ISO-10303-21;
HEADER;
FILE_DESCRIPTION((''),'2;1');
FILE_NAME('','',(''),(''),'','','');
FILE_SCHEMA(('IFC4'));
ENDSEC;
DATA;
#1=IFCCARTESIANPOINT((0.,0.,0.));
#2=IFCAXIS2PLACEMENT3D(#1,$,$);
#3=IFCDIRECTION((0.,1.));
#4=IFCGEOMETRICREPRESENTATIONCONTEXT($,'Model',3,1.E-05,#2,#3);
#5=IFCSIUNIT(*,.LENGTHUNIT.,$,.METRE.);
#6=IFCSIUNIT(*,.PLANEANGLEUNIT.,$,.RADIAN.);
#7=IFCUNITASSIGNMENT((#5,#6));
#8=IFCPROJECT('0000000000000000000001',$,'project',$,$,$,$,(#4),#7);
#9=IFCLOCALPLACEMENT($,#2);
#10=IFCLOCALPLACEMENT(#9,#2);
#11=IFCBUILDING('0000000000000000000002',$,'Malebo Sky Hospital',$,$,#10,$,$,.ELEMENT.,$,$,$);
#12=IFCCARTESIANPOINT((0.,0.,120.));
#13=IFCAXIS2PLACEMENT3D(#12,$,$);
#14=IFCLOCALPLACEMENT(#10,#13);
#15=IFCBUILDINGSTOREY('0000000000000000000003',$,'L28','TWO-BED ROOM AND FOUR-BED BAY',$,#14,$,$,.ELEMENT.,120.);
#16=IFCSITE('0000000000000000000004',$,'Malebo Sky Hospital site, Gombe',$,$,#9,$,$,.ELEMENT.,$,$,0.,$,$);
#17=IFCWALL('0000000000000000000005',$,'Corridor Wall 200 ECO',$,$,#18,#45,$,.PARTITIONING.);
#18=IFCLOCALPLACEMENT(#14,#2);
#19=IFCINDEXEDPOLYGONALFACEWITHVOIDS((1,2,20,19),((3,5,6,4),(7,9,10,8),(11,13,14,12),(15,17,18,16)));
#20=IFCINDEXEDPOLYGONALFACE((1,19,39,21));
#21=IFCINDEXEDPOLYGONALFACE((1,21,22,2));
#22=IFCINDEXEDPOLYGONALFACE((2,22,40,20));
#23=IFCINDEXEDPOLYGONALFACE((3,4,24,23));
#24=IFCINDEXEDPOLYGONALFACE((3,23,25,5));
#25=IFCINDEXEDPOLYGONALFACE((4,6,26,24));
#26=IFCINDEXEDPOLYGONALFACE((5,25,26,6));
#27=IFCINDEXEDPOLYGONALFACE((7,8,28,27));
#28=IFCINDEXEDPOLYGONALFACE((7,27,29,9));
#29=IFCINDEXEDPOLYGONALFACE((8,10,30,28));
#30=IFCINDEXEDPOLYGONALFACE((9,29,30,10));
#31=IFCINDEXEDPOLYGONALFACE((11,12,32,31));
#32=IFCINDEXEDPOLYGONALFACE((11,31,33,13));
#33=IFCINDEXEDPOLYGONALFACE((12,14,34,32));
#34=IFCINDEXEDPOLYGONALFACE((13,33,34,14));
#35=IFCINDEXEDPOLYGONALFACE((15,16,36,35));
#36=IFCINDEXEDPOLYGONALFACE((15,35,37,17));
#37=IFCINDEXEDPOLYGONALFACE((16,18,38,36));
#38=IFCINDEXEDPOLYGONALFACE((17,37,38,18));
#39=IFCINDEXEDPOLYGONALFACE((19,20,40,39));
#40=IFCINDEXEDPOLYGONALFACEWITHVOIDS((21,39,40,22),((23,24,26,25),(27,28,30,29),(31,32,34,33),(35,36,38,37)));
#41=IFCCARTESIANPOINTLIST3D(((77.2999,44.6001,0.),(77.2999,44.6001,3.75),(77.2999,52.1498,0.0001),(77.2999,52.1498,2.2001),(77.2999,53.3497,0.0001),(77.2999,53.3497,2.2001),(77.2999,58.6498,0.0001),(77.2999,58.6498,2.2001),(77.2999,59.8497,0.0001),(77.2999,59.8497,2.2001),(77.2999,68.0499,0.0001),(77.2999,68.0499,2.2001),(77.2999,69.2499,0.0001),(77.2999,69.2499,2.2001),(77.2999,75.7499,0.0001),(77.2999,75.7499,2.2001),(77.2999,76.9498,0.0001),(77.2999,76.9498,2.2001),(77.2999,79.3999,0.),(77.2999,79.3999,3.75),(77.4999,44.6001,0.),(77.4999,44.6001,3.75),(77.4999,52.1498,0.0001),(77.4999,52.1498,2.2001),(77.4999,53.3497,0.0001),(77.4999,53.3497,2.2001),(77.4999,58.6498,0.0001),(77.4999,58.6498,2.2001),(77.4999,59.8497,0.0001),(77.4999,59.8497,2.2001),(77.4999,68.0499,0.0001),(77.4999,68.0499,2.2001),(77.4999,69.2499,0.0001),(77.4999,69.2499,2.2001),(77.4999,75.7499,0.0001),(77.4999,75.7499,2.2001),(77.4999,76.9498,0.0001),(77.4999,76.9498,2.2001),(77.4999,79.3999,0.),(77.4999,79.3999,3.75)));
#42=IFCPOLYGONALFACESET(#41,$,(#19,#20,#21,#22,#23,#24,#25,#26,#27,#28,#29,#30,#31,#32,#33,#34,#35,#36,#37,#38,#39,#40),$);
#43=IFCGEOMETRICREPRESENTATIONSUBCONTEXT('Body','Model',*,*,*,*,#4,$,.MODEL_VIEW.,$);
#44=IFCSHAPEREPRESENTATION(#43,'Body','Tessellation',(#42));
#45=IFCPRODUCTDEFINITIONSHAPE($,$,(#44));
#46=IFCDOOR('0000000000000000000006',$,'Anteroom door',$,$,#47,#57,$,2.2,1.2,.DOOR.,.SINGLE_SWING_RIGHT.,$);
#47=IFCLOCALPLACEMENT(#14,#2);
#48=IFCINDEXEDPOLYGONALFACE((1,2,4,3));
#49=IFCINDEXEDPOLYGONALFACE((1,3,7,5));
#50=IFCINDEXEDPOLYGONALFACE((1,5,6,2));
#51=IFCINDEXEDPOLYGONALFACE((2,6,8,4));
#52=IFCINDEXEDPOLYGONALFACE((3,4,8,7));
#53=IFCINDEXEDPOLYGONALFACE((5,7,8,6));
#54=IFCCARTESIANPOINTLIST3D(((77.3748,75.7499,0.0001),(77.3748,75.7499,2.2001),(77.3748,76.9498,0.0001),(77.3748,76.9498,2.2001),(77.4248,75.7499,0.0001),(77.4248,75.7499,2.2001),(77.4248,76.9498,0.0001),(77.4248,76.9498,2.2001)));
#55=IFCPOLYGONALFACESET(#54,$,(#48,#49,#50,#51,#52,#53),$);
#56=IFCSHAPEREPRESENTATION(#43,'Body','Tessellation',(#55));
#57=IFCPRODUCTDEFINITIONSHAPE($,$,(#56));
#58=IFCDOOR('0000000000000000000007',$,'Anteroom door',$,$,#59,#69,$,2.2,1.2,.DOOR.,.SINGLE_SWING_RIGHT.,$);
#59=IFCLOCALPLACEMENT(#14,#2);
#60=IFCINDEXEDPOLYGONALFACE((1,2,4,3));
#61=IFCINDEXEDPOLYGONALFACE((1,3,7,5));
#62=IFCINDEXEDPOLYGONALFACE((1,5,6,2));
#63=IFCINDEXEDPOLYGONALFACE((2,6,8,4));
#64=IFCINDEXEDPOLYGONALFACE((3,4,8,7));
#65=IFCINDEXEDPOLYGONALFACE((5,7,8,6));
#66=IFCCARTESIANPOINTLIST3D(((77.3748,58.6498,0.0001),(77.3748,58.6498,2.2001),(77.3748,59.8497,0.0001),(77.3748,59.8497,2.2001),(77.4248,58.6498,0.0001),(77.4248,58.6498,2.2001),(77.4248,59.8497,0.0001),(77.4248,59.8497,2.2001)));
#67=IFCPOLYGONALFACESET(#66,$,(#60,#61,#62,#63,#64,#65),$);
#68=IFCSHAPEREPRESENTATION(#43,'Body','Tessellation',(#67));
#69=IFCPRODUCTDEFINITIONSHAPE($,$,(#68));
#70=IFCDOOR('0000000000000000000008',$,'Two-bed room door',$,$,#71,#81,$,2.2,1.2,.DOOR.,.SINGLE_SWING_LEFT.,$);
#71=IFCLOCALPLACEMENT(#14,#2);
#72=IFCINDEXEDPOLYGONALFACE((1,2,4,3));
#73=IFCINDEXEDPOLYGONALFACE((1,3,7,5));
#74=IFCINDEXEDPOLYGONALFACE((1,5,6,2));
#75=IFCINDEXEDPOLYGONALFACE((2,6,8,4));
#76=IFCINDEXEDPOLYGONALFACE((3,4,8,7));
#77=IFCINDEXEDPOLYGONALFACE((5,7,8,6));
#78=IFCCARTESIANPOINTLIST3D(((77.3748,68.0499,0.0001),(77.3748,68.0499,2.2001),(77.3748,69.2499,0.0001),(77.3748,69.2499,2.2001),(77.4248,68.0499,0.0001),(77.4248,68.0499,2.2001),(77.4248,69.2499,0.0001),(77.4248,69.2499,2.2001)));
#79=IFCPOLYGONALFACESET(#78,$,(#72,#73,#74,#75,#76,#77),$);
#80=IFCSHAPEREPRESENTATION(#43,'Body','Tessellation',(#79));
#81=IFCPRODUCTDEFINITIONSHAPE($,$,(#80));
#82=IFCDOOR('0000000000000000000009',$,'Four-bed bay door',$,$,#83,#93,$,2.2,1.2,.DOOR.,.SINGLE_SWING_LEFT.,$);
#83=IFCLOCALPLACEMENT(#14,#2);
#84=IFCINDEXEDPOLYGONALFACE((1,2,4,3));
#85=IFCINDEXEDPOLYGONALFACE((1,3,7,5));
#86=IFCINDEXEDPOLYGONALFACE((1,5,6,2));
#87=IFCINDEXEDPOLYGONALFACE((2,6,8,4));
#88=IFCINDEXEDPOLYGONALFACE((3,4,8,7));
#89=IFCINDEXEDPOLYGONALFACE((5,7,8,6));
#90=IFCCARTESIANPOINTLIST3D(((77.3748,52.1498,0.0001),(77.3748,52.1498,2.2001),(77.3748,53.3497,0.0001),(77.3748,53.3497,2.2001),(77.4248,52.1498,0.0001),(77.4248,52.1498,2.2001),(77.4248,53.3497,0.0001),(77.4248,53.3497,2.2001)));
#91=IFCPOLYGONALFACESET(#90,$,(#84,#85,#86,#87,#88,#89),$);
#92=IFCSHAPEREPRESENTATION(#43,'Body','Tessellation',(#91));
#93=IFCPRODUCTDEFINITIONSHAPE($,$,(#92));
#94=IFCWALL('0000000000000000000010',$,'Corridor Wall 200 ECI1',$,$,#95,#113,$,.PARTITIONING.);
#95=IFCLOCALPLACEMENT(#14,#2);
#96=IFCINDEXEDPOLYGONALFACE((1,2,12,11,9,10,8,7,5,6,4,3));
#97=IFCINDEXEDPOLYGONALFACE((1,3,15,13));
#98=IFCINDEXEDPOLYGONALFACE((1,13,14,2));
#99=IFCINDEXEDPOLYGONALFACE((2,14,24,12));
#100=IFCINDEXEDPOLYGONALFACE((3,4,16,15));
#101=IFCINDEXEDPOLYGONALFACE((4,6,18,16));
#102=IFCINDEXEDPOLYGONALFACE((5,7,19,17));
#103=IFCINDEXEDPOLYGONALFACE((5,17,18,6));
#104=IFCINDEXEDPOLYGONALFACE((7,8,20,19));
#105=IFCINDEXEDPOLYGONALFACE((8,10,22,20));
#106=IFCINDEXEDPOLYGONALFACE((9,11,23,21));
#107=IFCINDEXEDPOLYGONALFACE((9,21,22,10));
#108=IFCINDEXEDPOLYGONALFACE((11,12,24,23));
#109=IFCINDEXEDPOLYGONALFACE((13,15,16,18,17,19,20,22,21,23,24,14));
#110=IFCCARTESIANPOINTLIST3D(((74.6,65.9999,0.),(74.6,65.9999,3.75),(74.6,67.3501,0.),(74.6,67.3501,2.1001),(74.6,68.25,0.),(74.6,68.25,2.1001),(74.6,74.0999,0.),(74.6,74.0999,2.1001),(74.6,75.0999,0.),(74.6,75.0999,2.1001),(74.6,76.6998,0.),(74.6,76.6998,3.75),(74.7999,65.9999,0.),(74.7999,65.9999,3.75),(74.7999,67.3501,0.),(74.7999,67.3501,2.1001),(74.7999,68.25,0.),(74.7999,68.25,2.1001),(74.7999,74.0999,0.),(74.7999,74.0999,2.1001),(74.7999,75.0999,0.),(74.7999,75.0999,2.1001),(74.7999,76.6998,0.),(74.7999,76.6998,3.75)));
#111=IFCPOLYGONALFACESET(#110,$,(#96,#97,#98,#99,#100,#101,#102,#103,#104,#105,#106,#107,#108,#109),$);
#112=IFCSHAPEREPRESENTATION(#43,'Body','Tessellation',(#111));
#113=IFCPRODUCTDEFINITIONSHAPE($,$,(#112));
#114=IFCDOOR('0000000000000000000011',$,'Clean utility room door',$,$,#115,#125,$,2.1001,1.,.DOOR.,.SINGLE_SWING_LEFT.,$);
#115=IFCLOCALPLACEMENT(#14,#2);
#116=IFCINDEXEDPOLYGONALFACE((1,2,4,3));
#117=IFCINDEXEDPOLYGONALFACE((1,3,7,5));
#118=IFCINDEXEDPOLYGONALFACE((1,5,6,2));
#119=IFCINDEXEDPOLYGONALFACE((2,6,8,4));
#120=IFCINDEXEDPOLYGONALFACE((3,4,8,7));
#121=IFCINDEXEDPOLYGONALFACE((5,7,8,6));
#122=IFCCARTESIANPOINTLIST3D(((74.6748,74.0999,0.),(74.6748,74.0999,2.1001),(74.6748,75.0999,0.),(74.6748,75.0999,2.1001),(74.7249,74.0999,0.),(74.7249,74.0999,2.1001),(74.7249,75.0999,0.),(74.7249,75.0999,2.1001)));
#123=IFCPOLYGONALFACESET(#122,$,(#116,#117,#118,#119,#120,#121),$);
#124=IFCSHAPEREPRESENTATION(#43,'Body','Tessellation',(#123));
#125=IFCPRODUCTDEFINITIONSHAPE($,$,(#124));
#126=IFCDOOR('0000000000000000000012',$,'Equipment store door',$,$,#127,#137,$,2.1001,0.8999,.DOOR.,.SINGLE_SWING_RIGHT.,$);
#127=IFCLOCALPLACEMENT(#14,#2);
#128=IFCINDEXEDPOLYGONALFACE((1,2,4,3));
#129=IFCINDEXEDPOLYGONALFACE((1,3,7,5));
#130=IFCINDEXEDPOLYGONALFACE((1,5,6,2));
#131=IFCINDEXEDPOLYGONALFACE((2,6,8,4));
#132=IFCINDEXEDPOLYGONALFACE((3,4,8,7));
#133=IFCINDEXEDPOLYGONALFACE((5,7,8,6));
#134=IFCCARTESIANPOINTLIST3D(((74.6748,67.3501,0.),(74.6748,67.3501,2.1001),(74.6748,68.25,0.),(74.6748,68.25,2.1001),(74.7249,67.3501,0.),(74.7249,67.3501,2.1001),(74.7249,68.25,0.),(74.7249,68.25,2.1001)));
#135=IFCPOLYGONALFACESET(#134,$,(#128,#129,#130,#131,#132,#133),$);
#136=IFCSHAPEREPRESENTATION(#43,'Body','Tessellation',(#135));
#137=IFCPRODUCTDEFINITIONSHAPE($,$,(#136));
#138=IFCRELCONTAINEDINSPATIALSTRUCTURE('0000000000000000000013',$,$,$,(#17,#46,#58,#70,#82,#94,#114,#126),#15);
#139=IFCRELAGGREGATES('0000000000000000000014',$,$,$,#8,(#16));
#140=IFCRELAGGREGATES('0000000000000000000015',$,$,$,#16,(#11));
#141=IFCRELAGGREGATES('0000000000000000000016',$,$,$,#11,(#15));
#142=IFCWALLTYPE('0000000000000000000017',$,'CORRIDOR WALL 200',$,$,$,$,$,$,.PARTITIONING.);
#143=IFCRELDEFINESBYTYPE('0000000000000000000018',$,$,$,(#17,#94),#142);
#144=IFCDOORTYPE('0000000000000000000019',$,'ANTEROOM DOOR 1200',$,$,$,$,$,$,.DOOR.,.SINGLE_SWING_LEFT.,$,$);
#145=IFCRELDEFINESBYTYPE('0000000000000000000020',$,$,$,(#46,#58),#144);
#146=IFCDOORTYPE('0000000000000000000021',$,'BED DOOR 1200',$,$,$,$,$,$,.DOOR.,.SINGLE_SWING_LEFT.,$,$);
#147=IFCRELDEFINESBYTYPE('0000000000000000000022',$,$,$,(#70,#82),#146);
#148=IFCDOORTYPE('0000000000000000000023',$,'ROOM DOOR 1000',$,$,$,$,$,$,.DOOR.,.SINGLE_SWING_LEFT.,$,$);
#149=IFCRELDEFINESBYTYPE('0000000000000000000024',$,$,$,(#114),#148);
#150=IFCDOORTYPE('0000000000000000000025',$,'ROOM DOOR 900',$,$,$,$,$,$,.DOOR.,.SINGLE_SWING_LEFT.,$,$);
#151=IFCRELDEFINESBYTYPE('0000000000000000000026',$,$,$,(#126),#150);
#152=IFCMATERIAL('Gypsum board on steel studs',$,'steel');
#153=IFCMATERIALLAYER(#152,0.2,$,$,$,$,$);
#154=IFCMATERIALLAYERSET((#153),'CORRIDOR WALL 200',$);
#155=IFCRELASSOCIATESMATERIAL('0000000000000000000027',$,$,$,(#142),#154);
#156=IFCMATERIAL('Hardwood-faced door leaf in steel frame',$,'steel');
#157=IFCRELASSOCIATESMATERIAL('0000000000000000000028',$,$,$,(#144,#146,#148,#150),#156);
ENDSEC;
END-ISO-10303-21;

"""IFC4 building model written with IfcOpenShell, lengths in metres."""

from ifc_helpers import new_model, si_unit, direction, frame, frame_2d, origin, place, context, subcontext, project, spatial, rectangle, extrude, material, layer, layer_set, type_object, element, fill, save


model = new_model("IFC4")

# Units and contexts
model_context = context("Model", 3, precision=1e-05, world=origin(), true_north=direction((0.0, 1.0)))
body_context = subcontext(model_context, "Body", "Model", "MODEL_VIEW")
ifc_project = project(units=[si_unit("LENGTHUNIT", "METRE"), si_unit("PLANEANGLEUNIT", "RADIAN")], contexts=[model_context])

# Site, building, storey
site_placement = place(None, origin())
site = spatial("IfcSite", under=ifc_project, at=site_placement, Name="Malebo Sky Hospital site, Gombe", CompositionType="ELEMENT", RefElevation=0.0)
building_placement = place(site_placement, origin())
building = spatial("IfcBuilding", under=site, at=building_placement, Name="Malebo Sky Hospital", CompositionType="ELEMENT")
storey_placement = place(building_placement, frame((0.0, 0.0, 120.0)))
storey = spatial("IfcBuildingStorey", under=building, at=storey_placement, Name="L28", Description="TWO-BED ROOM AND FOUR-BED BAY", CompositionType="ELEMENT", Elevation=120.0)

# Walls, openings, doors
ifc_material_1 = material(Name="Gypsum board on steel studs", Category="steel")
ifc_layer_1 = layer(ifc_material_1, 0.2)
ifc_layer_set_1 = layer_set([ifc_layer_1], Name="CORRIDOR WALL 200")
wall_type_1 = type_object("IfcWallType", Name="CORRIDOR WALL 200", PredefinedType="PARTITIONING", material=ifc_layer_set_1)
wall_1_placement = place(storey_placement, frame((77.3999, 79.3999, 0.0), z_axis=(0.0, 0.0, 1.0), x_axis=(0.0, -1.0, 0.0)))
wall_1 = element("IfcWall", 1, at=wall_1_placement, inside=storey, type_object=wall_type_1, Name="Corridor Wall 200 ECO", PredefinedType="PARTITIONING", context=body_context, shape_type="SweptSolid", body=[
    extrude(rectangle(XDim=34.7998, YDim=0.2, at=frame_2d((17.3999, 0.0))), origin(), (0.0, 0.0, 1.0), 3.75),
])
opening_1_placement = place(wall_1_placement, frame((2.45, 0.0, 0.0)))
opening_1 = element("IfcOpeningElement", 2, at=opening_1_placement, cuts=wall_1, PredefinedType="OPENING", context=body_context, shape_type="SweptSolid", body=[
    extrude(rectangle(XDim=1.2, YDim=2.2, at=frame_2d((0.6001, 1.1001))), frame((0.0, 0.1099, 0.0), z_axis=(0.0, -1.0, 0.0), x_axis=(1.0, 0.0, 0.0)), (0.0, 0.0, 1.0), 0.22),
])
opening_2_placement = place(wall_1_placement, frame((10.1499, 0.0, 0.0)))
opening_2 = element("IfcOpeningElement", 3, at=opening_2_placement, cuts=wall_1, PredefinedType="OPENING", context=body_context, shape_type="SweptSolid", body=[
    extrude(rectangle(XDim=1.2, YDim=2.2, at=frame_2d((0.6001, 1.1001))), frame((0.0, 0.1099, 0.0), z_axis=(0.0, -1.0, 0.0), x_axis=(1.0, 0.0, 0.0)), (0.0, 0.0, 1.0), 0.22),
])
opening_3_placement = place(wall_1_placement, frame((19.55, 0.0, 0.0)))
opening_3 = element("IfcOpeningElement", 4, at=opening_3_placement, cuts=wall_1, PredefinedType="OPENING", context=body_context, shape_type="SweptSolid", body=[
    extrude(rectangle(XDim=1.2, YDim=2.2, at=frame_2d((0.6001, 1.1001))), frame((0.0, 0.1099, 0.0), z_axis=(0.0, -1.0, 0.0), x_axis=(1.0, 0.0, 0.0)), (0.0, 0.0, 1.0), 0.22),
])
opening_4_placement = place(wall_1_placement, frame((26.05, 0.0, 0.0)))
opening_4 = element("IfcOpeningElement", 5, at=opening_4_placement, cuts=wall_1, PredefinedType="OPENING", context=body_context, shape_type="SweptSolid", body=[
    extrude(rectangle(XDim=1.2, YDim=2.2, at=frame_2d((0.6001, 1.1001))), frame((0.0, 0.1099, 0.0), z_axis=(0.0, -1.0, 0.0), x_axis=(1.0, 0.0, 0.0)), (0.0, 0.0, 1.0), 0.22),
])
ifc_material_2 = material(Name="Hardwood-faced door leaf in steel frame", Category="steel")
door_type_1 = type_object("IfcDoorType", Name="ANTEROOM DOOR 1200", OperationType="SINGLE_SWING_LEFT", PredefinedType="DOOR", material=ifc_material_2)
door_1_placement = place(opening_1_placement, origin())
door_1 = element("IfcDoor", 6, at=door_1_placement, inside=storey, type_object=door_type_1, Name="Anteroom door", OperationType="SINGLE_SWING_RIGHT", OverallHeight=2.2, OverallWidth=1.2, PredefinedType="DOOR", context=body_context, shape_type="SweptSolid", body=[
    extrude(rectangle(XDim=1.2, YDim=2.2, at=frame_2d((0.6001, 1.1001))), frame((0.0, 0.0249, 0.0), z_axis=(0.0, -1.0, 0.0), x_axis=(1.0, 0.0, 0.0)), (0.0, 0.0, 1.0), 0.05),
])
fill(opening_1, door_1)
door_2_placement = place(opening_3_placement, origin())
door_2 = element("IfcDoor", 7, at=door_2_placement, inside=storey, type_object=door_type_1, Name="Anteroom door", OperationType="SINGLE_SWING_RIGHT", OverallHeight=2.2, OverallWidth=1.2, PredefinedType="DOOR", context=body_context, shape_type="SweptSolid", body=[
    extrude(rectangle(XDim=1.2, YDim=2.2, at=frame_2d((0.6001, 1.1001))), frame((0.0, 0.0249, 0.0), z_axis=(0.0, -1.0, 0.0), x_axis=(1.0, 0.0, 0.0)), (0.0, 0.0, 1.0), 0.05),
])
fill(opening_3, door_2)
door_type_2 = type_object("IfcDoorType", Name="BED DOOR 1200", OperationType="SINGLE_SWING_LEFT", PredefinedType="DOOR", material=ifc_material_2)
door_3_placement = place(opening_2_placement, origin())
door_3 = element("IfcDoor", 8, at=door_3_placement, inside=storey, type_object=door_type_2, Name="Two-bed room door", OperationType="SINGLE_SWING_LEFT", OverallHeight=2.2, OverallWidth=1.2, PredefinedType="DOOR", context=body_context, shape_type="SweptSolid", body=[
    extrude(rectangle(XDim=1.2, YDim=2.2, at=frame_2d((0.6001, 1.1001))), frame((0.0, 0.0249, 0.0), z_axis=(0.0, -1.0, 0.0), x_axis=(1.0, 0.0, 0.0)), (0.0, 0.0, 1.0), 0.05),
])
fill(opening_2, door_3)
door_4_placement = place(opening_4_placement, origin())
door_4 = element("IfcDoor", 9, at=door_4_placement, inside=storey, type_object=door_type_2, Name="Four-bed bay door", OperationType="SINGLE_SWING_LEFT", OverallHeight=2.2, OverallWidth=1.2, PredefinedType="DOOR", context=body_context, shape_type="SweptSolid", body=[
    extrude(rectangle(XDim=1.2, YDim=2.2, at=frame_2d((0.6001, 1.1001))), frame((0.0, 0.0249, 0.0), z_axis=(0.0, -1.0, 0.0), x_axis=(1.0, 0.0, 0.0)), (0.0, 0.0, 1.0), 0.05),
])
fill(opening_4, door_4)
wall_2_placement = place(storey_placement, frame((74.7, 76.7, 0.0), z_axis=(0.0, 0.0, 1.0), x_axis=(0.0, -1.0, 0.0)))
wall_2 = element("IfcWall", 10, at=wall_2_placement, inside=storey, type_object=wall_type_1, Name="Corridor Wall 200 ECI1", PredefinedType="PARTITIONING", context=body_context, shape_type="SweptSolid", body=[
    extrude(rectangle(XDim=10.7, YDim=0.2, at=frame_2d((5.3501, 0.0))), origin(), (0.0, 0.0, 1.0), 3.75),
])
opening_5_placement = place(wall_2_placement, frame((1.6001, 0.0, 0.0)))
opening_5 = element("IfcOpeningElement", 11, at=opening_5_placement, cuts=wall_2, PredefinedType="OPENING", context=body_context, shape_type="SweptSolid", body=[
    extrude(rectangle(XDim=1.0, YDim=2.1001, at=frame_2d((0.5, 1.05))), frame((0.0, 0.1099, 0.0), z_axis=(0.0, -1.0, 0.0), x_axis=(1.0, 0.0, 0.0)), (0.0, 0.0, 1.0), 0.22),
])
opening_6_placement = place(wall_2_placement, frame((8.45, 0.0, 0.0)))
opening_6 = element("IfcOpeningElement", 12, at=opening_6_placement, cuts=wall_2, PredefinedType="OPENING", context=body_context, shape_type="SweptSolid", body=[
    extrude(rectangle(XDim=0.8999, YDim=2.1001, at=frame_2d((0.45, 1.05))), frame((0.0, 0.1099, 0.0), z_axis=(0.0, -1.0, 0.0), x_axis=(1.0, 0.0, 0.0)), (0.0, 0.0, 1.0), 0.22),
])
door_type_3 = type_object("IfcDoorType", Name="ROOM DOOR 1000", OperationType="SINGLE_SWING_LEFT", PredefinedType="DOOR", material=ifc_material_2)
door_5_placement = place(opening_5_placement, origin())
door_5 = element("IfcDoor", 13, at=door_5_placement, inside=storey, type_object=door_type_3, Name="Clean utility room door", OperationType="SINGLE_SWING_LEFT", OverallHeight=2.1001, OverallWidth=1.0, PredefinedType="DOOR", context=body_context, shape_type="SweptSolid", body=[
    extrude(rectangle(XDim=1.0, YDim=2.1001, at=frame_2d((0.5, 1.05))), frame((0.0, 0.0249, 0.0), z_axis=(0.0, -1.0, 0.0), x_axis=(1.0, 0.0, 0.0)), (0.0, 0.0, 1.0), 0.05),
])
fill(opening_5, door_5)
door_type_4 = type_object("IfcDoorType", Name="ROOM DOOR 900", OperationType="SINGLE_SWING_LEFT", PredefinedType="DOOR", material=ifc_material_2)
door_6_placement = place(opening_6_placement, origin())
door_6 = element("IfcDoor", 14, at=door_6_placement, inside=storey, type_object=door_type_4, Name="Equipment store door", OperationType="SINGLE_SWING_RIGHT", OverallHeight=2.1001, OverallWidth=0.8999, PredefinedType="DOOR", context=body_context, shape_type="SweptSolid", body=[
    extrude(rectangle(XDim=0.8999, YDim=2.1001, at=frame_2d((0.45, 1.05))), frame((0.0, 0.0249, 0.0), z_axis=(0.0, -1.0, 0.0), x_axis=(1.0, 0.0, 0.0)), (0.0, 0.0, 1.0), 0.05),
])
fill(opening_6, door_6)

save(model, "model.ifc")
